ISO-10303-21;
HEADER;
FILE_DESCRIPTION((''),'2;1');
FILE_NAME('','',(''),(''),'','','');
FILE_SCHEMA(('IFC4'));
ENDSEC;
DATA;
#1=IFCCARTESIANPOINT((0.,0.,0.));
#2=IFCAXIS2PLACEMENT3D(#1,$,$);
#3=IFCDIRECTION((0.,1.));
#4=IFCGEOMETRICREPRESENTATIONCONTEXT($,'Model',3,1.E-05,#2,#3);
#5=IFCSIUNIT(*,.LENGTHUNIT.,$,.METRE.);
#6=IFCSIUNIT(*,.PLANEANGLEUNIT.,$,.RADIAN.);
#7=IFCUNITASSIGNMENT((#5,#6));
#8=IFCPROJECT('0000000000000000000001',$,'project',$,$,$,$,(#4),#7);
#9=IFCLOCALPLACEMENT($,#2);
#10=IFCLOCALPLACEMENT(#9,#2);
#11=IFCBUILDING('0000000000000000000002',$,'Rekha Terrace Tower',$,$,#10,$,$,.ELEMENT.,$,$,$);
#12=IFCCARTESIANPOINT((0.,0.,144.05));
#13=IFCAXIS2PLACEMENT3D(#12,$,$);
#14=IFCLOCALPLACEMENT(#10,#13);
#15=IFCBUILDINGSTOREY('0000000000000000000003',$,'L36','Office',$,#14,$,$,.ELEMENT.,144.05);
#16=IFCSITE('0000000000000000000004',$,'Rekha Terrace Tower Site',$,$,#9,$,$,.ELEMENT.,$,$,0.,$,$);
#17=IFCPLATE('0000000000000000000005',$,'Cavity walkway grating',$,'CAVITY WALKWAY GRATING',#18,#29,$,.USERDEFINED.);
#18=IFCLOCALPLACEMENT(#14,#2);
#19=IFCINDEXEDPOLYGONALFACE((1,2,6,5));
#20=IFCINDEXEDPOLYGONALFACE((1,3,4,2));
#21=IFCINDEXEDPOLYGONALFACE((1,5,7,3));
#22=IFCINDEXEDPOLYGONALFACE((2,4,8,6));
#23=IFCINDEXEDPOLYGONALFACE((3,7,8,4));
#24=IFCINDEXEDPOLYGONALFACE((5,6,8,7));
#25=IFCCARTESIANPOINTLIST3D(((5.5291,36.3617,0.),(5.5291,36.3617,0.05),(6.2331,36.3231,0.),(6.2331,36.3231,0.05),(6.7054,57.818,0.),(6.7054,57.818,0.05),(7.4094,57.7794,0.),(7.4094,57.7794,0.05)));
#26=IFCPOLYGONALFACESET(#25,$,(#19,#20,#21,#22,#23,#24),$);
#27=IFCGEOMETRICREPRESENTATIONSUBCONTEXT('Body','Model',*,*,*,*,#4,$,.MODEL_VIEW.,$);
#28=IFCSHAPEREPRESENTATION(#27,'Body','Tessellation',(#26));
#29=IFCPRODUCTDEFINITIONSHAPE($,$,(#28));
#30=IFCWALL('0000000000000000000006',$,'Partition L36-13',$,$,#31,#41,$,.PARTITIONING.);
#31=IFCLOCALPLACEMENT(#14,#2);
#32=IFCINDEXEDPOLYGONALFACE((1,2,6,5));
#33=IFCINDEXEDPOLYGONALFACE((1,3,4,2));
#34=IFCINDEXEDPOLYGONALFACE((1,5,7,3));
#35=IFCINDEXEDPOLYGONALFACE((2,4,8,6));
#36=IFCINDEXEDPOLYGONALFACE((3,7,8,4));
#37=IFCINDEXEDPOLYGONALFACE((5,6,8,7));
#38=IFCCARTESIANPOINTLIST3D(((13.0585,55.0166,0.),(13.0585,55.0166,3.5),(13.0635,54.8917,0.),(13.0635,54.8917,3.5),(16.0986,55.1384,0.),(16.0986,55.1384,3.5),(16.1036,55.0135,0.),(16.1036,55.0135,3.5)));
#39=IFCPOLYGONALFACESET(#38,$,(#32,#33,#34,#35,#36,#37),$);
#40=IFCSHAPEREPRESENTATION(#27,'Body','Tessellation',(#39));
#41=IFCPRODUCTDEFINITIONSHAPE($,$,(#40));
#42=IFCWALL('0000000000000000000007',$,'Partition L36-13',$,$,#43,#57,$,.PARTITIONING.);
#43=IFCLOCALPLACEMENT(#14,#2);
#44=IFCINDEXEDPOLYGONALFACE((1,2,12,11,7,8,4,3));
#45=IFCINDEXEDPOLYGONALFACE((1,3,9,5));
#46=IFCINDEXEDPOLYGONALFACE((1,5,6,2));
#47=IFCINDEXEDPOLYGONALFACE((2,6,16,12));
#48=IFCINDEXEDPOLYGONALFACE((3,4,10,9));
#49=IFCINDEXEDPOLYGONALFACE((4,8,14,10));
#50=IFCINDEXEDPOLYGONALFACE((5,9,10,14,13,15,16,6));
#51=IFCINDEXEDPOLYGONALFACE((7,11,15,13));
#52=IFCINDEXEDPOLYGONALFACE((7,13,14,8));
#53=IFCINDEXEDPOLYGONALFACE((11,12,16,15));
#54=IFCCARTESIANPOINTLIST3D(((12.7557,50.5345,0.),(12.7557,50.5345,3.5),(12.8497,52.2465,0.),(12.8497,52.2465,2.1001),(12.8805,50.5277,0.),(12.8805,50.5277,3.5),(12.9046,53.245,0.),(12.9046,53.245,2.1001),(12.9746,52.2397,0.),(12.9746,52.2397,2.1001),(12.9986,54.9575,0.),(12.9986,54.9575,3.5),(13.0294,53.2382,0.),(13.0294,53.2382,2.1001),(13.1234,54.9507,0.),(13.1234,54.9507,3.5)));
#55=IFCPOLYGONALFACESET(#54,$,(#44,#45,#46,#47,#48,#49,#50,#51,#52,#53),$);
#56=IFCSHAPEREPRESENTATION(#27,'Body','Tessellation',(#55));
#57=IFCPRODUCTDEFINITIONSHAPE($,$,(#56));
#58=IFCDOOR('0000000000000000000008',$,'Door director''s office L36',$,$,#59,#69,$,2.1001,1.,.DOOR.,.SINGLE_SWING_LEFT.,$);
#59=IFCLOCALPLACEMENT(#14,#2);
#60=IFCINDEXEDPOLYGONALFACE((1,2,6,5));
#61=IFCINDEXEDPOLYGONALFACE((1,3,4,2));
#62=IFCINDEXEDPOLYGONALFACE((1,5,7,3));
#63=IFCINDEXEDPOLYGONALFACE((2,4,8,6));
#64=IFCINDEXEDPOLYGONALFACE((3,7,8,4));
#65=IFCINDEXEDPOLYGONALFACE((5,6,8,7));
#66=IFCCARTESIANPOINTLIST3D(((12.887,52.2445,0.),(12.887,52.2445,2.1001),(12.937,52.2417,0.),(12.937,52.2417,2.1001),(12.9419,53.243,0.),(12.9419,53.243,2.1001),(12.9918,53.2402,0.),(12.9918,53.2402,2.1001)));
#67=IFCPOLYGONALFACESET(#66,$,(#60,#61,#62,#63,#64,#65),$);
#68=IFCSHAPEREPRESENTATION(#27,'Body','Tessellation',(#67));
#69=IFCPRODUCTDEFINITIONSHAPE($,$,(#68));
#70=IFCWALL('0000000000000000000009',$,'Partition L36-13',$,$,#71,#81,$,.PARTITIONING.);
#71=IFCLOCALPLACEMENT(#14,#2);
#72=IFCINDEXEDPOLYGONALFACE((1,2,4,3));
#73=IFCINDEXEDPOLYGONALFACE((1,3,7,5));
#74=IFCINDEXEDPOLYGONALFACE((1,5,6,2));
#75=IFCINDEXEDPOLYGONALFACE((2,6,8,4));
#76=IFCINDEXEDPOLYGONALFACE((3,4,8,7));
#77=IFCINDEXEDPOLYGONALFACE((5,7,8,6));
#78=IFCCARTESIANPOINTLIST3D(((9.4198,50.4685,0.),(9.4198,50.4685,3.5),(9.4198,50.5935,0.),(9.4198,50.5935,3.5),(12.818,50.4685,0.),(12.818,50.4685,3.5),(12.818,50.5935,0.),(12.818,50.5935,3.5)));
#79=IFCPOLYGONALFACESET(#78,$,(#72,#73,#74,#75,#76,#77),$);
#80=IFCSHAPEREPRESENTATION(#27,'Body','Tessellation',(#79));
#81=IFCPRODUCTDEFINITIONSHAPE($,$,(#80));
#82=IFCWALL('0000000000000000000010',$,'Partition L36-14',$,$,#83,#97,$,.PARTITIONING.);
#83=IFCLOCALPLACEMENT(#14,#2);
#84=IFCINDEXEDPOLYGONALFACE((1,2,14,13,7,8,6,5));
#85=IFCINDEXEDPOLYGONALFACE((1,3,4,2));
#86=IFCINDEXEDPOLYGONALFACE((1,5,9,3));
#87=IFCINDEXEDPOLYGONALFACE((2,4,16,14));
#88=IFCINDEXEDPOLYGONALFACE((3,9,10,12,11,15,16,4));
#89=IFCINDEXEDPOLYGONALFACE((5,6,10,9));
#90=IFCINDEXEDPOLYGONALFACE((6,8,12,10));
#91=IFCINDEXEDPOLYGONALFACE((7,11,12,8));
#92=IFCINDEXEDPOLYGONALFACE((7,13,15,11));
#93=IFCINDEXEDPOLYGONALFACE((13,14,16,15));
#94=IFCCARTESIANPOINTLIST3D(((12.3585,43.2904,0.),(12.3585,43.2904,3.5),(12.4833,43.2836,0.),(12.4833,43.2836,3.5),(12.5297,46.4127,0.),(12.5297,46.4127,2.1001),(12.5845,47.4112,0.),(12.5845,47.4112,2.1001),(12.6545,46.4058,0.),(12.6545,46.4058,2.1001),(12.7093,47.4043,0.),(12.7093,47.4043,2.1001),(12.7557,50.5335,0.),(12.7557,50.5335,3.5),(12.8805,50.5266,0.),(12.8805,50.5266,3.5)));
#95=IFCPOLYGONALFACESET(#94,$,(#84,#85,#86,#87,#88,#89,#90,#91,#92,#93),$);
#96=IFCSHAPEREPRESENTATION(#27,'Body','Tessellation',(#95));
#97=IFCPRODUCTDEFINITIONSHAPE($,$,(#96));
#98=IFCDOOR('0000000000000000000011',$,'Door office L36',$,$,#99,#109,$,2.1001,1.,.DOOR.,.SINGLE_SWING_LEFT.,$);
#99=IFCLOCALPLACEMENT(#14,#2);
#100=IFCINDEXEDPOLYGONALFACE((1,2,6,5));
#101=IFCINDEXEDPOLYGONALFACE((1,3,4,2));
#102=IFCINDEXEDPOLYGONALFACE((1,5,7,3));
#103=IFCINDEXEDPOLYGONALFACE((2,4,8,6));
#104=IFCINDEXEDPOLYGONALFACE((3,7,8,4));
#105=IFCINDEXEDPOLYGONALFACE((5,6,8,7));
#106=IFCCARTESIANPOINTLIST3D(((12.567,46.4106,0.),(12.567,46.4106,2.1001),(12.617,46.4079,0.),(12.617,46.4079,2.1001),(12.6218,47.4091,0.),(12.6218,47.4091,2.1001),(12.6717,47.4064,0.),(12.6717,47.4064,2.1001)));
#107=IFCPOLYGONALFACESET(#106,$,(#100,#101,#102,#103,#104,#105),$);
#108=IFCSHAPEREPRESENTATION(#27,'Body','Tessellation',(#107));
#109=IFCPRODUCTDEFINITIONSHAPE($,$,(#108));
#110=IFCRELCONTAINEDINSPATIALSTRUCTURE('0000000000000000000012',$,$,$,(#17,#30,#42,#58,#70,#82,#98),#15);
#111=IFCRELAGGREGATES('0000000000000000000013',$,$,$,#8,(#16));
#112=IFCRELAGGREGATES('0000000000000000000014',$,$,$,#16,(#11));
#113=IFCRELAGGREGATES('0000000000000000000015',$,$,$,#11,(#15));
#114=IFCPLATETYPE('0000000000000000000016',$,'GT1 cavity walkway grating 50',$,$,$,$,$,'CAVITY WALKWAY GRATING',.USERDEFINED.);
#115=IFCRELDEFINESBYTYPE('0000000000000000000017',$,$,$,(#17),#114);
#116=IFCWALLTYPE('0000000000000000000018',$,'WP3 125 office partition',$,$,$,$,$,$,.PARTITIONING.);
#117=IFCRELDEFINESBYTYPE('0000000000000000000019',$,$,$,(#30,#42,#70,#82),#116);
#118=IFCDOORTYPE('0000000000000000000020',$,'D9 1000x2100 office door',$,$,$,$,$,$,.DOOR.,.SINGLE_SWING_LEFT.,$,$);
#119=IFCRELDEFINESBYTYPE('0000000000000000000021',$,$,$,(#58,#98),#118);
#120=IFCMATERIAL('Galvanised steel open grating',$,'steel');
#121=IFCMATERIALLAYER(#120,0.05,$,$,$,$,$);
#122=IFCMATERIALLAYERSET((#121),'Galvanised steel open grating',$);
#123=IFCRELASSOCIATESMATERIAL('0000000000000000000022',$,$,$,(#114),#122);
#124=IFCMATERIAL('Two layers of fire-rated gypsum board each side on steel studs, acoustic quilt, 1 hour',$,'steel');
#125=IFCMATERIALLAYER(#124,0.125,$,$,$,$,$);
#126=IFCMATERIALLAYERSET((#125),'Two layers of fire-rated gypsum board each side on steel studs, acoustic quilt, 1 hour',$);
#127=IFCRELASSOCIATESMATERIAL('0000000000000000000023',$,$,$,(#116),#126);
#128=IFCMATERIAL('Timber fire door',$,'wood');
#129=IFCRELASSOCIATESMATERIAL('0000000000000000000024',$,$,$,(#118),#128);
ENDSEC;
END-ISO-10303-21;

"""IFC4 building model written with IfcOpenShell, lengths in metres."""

from ifc_helpers import new_model, si_unit, direction, frame, frame_2d, origin, origin_2d, place, context, subcontext, project, spatial, rectangle, extrude, material, layer, layer_set, type_object, element, fill, save


model = new_model("IFC4")

# Units and contexts
model_context = context("Model", 3, precision=1e-05, world=origin(), true_north=direction((0.0, 1.0)))
body_context = subcontext(model_context, "Body", "Model", "MODEL_VIEW")
ifc_project = project(units=[si_unit("LENGTHUNIT", "METRE"), si_unit("PLANEANGLEUNIT", "RADIAN")], contexts=[model_context])

# Site, building, storey
site_placement = place(None, origin())
site = spatial("IfcSite", under=ifc_project, at=site_placement, Name="Rekha Terrace Tower Site", CompositionType="ELEMENT", RefElevation=0.0)
building_placement = place(site_placement, origin())
building = spatial("IfcBuilding", under=site, at=building_placement, Name="Rekha Terrace Tower", CompositionType="ELEMENT")
storey_placement = place(building_placement, frame((0.0, 0.0, 144.05)))
storey = spatial("IfcBuildingStorey", under=building, at=storey_placement, Name="L36", Description="Office", CompositionType="ELEMENT", Elevation=144.05)

# Plate
ifc_material_1 = material(Name="Galvanised steel open grating", Category="steel")
ifc_layer_1 = layer(ifc_material_1, 0.05)
ifc_layer_set_1 = layer_set([ifc_layer_1], Name="Galvanised steel open grating")
plate_type_1 = type_object("IfcPlateType", Name="GT1 cavity walkway grating 50", ElementType="CAVITY WALKWAY GRATING", PredefinedType="USERDEFINED", material=ifc_layer_set_1)
plate_1_placement = place(storey_placement, frame((6.4692, 47.0706, 0.0), z_axis=(0.0, 0.0, 1.0), x_axis=(-0.054742, -0.998501, 0.0)))
element("IfcPlate", 1, at=plate_1_placement, inside=storey, type_object=plate_type_1, Name="Cavity walkway grating", ObjectType="CAVITY WALKWAY GRATING", PredefinedType="USERDEFINED", context=body_context, shape_type="SweptSolid", body=[
    extrude(rectangle(XDim=21.4885, YDim=0.7051, at=origin_2d()), origin(), (0.0, 0.0, 1.0), 0.05),
])

# Wall
ifc_material_2 = material(Name="Two layers of fire-rated gypsum board each side on steel studs, acoustic quilt, 1 hour", Category="steel")
ifc_layer_2 = layer(ifc_material_2, 0.125)
ifc_layer_set_2 = layer_set([ifc_layer_2], Name="Two layers of fire-rated gypsum board each side on steel studs, acoustic quilt, 1 hour")
wall_type = type_object("IfcWallType", Name="WP3 125 office partition", PredefinedType="PARTITIONING", material=ifc_layer_set_2)
wall_1_placement = place(storey_placement, frame((16.1011, 55.0759, 0.0), z_axis=(0.0, 0.0, 1.0), x_axis=(-0.999198, -0.040042, 0.0)))
element("IfcWall", 2, at=wall_1_placement, inside=storey, type_object=wall_type, Name="Partition L36-13", PredefinedType="PARTITIONING", context=body_context, shape_type="SweptSolid", body=[
    extrude(rectangle(XDim=3.0425, YDim=0.125, at=frame_2d((1.5212, 0.0))), origin(), (0.0, 0.0, 1.0), 3.5),
])

# Wall, opening, door
wall_2_placement = place(storey_placement, frame((13.061, 54.9541, 0.0), z_axis=(0.0, 0.0, 1.0), x_axis=(-0.054838, -0.998495, 0.0)))
wall_2 = element("IfcWall", 3, at=wall_2_placement, inside=storey, type_object=wall_type, Name="Partition L36-13", PredefinedType="PARTITIONING", context=body_context, shape_type="SweptSolid", body=[
    extrude(rectangle(XDim=4.4297, YDim=0.125, at=frame_2d((2.2148, 0.0))), origin(), (0.0, 0.0, 1.0), 3.5),
])
opening_1_placement = place(wall_2_placement, frame((1.7151, 0.0, 0.0)))
opening_1 = element("IfcOpeningElement", 4, at=opening_1_placement, cuts=wall_2, PredefinedType="OPENING", context=body_context, shape_type="SweptSolid", body=[
    extrude(rectangle(XDim=1.0, YDim=2.1001, at=frame_2d((0.5, 1.05))), frame((0.0, 0.0725, 0.0), z_axis=(0.0, -1.0, 0.0), x_axis=(1.0, 0.0, 0.0)), (0.0, 0.0, 1.0), 0.145),
])
ifc_material_3 = material(Name="Timber fire door", Category="wood")
door_type = type_object("IfcDoorType", Name="D9 1000x2100 office door", OperationType="SINGLE_SWING_LEFT", PredefinedType="DOOR", material=ifc_material_3)
door_1_placement = place(opening_1_placement, origin())
door_1 = element("IfcDoor", 5, at=door_1_placement, inside=storey, type_object=door_type, Name="Door director's office L36", OperationType="SINGLE_SWING_LEFT", OverallHeight=2.1001, OverallWidth=1.0, PredefinedType="DOOR", context=body_context, shape_type="SweptSolid", body=[
    extrude(rectangle(XDim=1.0, YDim=2.1001, at=frame_2d((0.5, 1.05))), frame((0.0, 0.0249, 0.0), z_axis=(0.0, -1.0, 0.0), x_axis=(1.0, 0.0, 0.0)), (0.0, 0.0, 1.0), 0.05),
])
fill(opening_1, door_1)

# Wall
wall_3_placement = place(storey_placement, frame((12.8181, 50.531, 0.0), z_axis=(0.0, 0.0, 1.0), x_axis=(-1.0, 0.0, 0.0)))
element("IfcWall", 6, at=wall_3_placement, inside=storey, type_object=wall_type, Name="Partition L36-13", PredefinedType="PARTITIONING", context=body_context, shape_type="SweptSolid", body=[
    extrude(rectangle(XDim=3.3982, YDim=0.125, at=frame_2d((1.6992, 0.0))), origin(), (0.0, 0.0, 1.0), 3.5),
])

# Wall, opening, door
wall_4_placement = place(storey_placement, frame((12.8181, 50.53, 0.0), z_axis=(0.0, 0.0, 1.0), x_axis=(-0.05476, -0.9985, 0.0)))
wall_4 = element("IfcWall", 7, at=wall_4_placement, inside=storey, type_object=wall_type, Name="Partition L36-14", PredefinedType="PARTITIONING", context=body_context, shape_type="SweptSolid", body=[
    extrude(rectangle(XDim=7.2539, YDim=0.125, at=frame_2d((3.627, 0.0))), origin(), (0.0, 0.0, 1.0), 3.5),
])
opening_2_placement = place(wall_4_placement, frame((3.127, 0.0, 0.0)))
opening_2 = element("IfcOpeningElement", 8, at=opening_2_placement, cuts=wall_4, PredefinedType="OPENING", context=body_context, shape_type="SweptSolid", body=[
    extrude(rectangle(XDim=1.0, YDim=2.1001, at=frame_2d((0.5, 1.05))), frame((0.0, 0.0725, 0.0), z_axis=(0.0, -1.0, 0.0), x_axis=(1.0, 0.0, 0.0)), (0.0, 0.0, 1.0), 0.145),
])
door_2_placement = place(opening_2_placement, origin())
door_2 = element("IfcDoor", 9, at=door_2_placement, inside=storey, type_object=door_type, Name="Door office L36", OperationType="SINGLE_SWING_LEFT", OverallHeight=2.1001, OverallWidth=1.0, PredefinedType="DOOR", context=body_context, shape_type="SweptSolid", body=[
    extrude(rectangle(XDim=1.0, YDim=2.1001, at=frame_2d((0.5, 1.05))), frame((0.0, 0.0249, 0.0), z_axis=(0.0, -1.0, 0.0), x_axis=(1.0, 0.0, 0.0)), (0.0, 0.0, 1.0), 0.05),
])
fill(opening_2, door_2)

save(model, "model.ifc")
